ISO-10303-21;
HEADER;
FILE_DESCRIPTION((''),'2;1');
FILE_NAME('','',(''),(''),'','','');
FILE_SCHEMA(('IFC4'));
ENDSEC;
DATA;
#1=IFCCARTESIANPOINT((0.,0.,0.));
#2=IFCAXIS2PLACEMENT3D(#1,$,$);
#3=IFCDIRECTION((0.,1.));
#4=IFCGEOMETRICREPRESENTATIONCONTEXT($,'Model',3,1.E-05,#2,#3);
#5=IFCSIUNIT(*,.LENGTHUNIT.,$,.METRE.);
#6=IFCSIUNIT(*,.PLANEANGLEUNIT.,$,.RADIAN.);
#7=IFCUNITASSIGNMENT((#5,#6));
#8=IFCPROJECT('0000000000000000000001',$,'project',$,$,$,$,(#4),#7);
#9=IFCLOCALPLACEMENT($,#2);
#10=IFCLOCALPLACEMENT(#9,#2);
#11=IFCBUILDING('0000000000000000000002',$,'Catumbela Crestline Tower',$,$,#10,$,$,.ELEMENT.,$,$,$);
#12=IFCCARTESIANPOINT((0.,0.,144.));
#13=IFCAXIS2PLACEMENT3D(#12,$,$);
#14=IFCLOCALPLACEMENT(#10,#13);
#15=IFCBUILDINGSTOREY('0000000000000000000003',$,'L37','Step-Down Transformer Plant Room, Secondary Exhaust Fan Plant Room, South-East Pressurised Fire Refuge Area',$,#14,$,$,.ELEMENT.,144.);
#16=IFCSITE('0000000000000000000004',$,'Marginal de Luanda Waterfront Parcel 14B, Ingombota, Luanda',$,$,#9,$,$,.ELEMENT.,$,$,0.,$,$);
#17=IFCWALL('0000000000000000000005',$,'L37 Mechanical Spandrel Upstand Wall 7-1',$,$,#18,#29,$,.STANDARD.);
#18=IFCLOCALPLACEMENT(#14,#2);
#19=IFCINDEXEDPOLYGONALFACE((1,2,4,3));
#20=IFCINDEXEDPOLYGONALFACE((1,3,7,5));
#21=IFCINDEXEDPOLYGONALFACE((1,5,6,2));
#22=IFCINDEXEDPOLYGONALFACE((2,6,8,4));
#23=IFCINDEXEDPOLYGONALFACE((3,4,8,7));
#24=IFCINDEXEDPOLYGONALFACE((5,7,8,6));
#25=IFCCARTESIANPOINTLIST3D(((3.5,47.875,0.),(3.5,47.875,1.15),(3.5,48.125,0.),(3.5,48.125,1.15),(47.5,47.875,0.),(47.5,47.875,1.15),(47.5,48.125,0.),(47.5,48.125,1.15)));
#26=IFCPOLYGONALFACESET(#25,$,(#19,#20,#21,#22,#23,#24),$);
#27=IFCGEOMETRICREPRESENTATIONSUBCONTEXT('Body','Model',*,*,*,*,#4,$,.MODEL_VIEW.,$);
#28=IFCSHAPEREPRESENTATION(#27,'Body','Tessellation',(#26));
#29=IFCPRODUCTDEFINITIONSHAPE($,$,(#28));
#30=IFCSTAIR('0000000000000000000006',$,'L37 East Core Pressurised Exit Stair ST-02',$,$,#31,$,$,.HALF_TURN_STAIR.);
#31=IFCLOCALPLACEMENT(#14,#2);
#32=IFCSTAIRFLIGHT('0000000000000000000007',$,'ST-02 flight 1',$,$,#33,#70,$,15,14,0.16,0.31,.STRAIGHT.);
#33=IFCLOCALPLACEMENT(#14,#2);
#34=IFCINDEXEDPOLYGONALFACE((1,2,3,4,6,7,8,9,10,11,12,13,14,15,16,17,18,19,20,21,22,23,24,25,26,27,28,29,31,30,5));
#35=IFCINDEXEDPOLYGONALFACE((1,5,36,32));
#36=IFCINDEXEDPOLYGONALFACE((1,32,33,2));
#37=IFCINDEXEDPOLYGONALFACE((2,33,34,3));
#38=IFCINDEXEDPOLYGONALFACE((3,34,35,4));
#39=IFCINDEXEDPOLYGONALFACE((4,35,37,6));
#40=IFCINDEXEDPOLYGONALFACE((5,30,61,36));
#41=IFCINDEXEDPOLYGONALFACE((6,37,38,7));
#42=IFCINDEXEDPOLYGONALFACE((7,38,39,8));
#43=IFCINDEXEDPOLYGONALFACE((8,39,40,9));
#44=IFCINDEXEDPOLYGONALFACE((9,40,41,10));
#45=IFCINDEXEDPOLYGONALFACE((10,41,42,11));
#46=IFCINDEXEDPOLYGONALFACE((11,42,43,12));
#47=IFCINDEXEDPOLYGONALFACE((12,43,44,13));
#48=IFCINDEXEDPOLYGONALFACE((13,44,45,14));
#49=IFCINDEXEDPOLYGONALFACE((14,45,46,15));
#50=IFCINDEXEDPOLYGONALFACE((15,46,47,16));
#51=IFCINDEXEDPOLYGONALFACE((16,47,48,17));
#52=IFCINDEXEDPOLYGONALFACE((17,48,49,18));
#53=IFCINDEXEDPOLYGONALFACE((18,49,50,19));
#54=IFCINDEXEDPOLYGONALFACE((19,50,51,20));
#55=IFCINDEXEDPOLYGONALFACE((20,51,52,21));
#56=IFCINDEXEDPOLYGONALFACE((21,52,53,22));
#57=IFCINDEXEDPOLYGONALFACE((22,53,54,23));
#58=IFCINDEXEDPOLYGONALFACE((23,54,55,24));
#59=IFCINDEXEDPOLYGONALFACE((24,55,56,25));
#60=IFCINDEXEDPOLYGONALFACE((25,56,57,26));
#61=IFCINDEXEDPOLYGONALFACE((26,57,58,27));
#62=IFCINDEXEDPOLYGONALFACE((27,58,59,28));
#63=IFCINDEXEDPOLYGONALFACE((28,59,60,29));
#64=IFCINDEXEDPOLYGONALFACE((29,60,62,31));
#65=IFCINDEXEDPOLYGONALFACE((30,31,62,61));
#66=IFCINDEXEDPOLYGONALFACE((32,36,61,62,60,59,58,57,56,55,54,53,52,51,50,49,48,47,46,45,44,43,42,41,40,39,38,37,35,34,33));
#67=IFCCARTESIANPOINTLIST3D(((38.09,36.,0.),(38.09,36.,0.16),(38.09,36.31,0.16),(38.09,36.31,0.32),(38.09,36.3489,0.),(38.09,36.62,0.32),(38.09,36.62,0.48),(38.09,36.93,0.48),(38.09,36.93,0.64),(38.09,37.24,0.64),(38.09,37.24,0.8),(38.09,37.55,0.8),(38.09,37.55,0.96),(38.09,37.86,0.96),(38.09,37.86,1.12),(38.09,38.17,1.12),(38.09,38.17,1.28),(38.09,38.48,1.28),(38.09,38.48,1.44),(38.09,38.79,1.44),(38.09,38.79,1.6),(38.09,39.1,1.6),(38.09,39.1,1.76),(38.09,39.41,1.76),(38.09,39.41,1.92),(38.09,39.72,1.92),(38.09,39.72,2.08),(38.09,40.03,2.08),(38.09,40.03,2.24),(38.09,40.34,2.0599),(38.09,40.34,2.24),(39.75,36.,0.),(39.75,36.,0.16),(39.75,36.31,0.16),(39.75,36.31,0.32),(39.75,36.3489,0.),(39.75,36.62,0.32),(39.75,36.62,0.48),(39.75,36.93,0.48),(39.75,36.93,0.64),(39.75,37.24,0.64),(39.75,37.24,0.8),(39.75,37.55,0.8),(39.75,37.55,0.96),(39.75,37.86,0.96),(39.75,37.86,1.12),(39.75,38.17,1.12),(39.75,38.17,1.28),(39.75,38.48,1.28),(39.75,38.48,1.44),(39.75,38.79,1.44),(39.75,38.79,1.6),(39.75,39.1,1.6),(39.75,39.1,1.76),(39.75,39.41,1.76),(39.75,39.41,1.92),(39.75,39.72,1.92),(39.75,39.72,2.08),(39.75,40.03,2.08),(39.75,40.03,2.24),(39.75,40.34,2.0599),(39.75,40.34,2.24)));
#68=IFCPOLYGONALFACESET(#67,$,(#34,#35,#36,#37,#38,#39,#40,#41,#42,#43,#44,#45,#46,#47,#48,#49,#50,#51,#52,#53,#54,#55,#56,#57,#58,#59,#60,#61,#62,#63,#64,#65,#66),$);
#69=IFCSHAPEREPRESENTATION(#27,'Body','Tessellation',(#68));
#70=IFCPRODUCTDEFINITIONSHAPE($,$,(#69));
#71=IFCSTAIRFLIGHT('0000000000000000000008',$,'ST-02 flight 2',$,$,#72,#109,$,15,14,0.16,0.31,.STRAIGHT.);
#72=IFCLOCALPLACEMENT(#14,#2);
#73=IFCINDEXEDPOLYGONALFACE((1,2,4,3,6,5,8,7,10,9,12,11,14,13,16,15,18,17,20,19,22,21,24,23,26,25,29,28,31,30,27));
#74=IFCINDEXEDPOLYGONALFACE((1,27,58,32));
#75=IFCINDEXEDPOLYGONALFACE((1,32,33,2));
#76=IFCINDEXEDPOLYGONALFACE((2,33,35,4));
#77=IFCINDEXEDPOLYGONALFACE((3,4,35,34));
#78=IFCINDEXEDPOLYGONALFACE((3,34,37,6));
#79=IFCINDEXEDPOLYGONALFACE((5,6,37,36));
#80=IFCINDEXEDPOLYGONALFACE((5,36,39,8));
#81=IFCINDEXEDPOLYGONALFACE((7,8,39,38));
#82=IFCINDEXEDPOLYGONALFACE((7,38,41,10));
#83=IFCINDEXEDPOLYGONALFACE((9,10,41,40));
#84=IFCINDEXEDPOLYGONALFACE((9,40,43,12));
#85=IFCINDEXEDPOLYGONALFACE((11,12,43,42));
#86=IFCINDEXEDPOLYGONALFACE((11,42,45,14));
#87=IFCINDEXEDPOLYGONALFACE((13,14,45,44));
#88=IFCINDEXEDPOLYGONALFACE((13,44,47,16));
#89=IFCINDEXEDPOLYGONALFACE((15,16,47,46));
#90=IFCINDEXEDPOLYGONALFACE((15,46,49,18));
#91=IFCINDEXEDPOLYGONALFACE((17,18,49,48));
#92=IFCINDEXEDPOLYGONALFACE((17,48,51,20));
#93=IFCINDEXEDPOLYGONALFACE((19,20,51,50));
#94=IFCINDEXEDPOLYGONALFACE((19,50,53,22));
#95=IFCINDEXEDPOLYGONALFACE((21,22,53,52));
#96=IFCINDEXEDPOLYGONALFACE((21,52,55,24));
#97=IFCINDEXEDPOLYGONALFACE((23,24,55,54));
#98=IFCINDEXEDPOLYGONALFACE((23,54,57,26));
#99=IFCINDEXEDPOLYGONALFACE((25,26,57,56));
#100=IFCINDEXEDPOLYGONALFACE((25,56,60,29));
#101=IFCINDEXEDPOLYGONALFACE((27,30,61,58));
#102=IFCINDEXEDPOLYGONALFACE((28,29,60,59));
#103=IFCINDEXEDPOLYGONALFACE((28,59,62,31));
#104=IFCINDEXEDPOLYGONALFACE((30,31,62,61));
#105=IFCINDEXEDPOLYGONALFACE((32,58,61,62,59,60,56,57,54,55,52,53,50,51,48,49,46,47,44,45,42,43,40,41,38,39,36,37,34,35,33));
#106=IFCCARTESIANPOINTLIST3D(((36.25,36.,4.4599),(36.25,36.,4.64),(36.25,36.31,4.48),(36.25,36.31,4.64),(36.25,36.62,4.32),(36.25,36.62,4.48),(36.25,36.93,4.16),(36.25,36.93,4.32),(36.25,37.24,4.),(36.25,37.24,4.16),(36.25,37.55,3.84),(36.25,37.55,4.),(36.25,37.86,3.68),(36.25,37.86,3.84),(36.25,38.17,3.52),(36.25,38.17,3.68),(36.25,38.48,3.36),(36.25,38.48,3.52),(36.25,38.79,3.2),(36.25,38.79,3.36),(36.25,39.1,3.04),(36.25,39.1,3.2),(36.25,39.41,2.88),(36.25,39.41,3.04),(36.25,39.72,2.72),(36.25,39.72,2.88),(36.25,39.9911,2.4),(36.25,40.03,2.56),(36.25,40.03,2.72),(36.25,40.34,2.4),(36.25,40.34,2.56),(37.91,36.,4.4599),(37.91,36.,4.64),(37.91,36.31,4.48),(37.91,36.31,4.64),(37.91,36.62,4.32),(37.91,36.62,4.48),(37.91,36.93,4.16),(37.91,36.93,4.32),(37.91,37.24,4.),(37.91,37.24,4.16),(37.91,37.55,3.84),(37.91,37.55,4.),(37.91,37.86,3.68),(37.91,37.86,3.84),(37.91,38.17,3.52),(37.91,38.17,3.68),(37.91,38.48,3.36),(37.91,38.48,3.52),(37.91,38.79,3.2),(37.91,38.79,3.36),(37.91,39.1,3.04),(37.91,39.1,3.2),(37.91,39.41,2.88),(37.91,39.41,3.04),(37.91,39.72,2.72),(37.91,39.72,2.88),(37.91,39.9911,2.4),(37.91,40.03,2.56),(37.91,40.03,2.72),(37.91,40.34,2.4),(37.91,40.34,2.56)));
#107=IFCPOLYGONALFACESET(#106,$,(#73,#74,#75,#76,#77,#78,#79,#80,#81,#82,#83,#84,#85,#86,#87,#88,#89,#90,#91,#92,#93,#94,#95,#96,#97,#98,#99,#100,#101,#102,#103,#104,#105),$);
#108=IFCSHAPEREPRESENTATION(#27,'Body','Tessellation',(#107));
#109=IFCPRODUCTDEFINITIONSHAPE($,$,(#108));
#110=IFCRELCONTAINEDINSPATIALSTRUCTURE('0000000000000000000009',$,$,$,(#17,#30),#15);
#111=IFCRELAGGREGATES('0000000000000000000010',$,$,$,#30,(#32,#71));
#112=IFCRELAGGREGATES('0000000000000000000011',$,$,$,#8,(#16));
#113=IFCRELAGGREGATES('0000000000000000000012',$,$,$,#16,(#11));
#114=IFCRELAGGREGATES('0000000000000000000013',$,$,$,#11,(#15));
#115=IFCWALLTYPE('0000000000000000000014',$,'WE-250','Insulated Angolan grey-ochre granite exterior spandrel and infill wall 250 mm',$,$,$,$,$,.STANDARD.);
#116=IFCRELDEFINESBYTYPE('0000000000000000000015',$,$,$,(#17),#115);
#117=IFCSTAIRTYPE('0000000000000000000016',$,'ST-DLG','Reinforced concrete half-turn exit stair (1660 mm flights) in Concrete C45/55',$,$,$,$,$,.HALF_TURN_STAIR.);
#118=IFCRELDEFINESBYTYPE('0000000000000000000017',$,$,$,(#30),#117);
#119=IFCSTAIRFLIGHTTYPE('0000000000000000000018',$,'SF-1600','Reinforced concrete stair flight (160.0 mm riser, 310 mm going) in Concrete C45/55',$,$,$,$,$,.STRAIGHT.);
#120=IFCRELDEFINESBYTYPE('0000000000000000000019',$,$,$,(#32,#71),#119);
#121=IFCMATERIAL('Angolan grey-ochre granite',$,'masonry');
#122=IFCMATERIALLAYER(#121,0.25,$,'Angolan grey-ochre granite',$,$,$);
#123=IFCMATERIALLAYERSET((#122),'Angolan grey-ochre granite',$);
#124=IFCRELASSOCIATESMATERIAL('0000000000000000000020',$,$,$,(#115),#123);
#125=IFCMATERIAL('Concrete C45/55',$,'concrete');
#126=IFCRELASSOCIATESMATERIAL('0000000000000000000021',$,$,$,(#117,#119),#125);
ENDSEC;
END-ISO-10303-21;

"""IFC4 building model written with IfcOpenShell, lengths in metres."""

from ifc_helpers import new_model, si_unit, direction, frame, frame_2d, origin, place, context, subcontext, project, spatial, polyline, rectangle, outline, extrude, material, layer, layer_set, type_object, element, aggregate, save


model = new_model("IFC4")

# Units and contexts
model_context = context("Model", 3, precision=1e-05, world=origin(), true_north=direction((0.0, 1.0)))
body_context = subcontext(model_context, "Body", "Model", "MODEL_VIEW")
ifc_project = project(units=[si_unit("LENGTHUNIT", "METRE"), si_unit("PLANEANGLEUNIT", "RADIAN")], contexts=[model_context])

# Site, building, storey
site_placement = place(None, origin())
site = spatial("IfcSite", under=ifc_project, at=site_placement, Name="Marginal de Luanda Waterfront Parcel 14B, Ingombota, Luanda", CompositionType="ELEMENT", RefElevation=0.0)
building_placement = place(site_placement, origin())
building = spatial("IfcBuilding", under=site, at=building_placement, Name="Catumbela Crestline Tower", CompositionType="ELEMENT")
storey_placement = place(building_placement, frame((0.0, 0.0, 144.0)))
storey = spatial("IfcBuildingStorey", under=building, at=storey_placement, Name="L37", Description="Step-Down Transformer Plant Room, Secondary Exhaust Fan Plant Room, South-East Pressurised Fire Refuge Area", CompositionType="ELEMENT", Elevation=144.0)

# Wall
ifc_material_1 = material(Name="Angolan grey-ochre granite", Category="masonry")
ifc_layer_1 = layer(ifc_material_1, 0.25, Name="Angolan grey-ochre granite")
ifc_layer_set_1 = layer_set([ifc_layer_1], Name="Angolan grey-ochre granite")
wall_type_1 = type_object("IfcWallType", Name="WE-250", Description="Insulated Angolan grey-ochre granite exterior spandrel and infill wall 250 mm", PredefinedType="STANDARD", material=ifc_layer_set_1)
wall_1_placement = place(storey_placement, frame((47.5, 48.0, 0.0), z_axis=(0.0, 0.0, 1.0), x_axis=(-1.0, 0.0, 0.0)))
element("IfcWall", 1, at=wall_1_placement, inside=storey, type_object=wall_type_1, Name="L37 Mechanical Spandrel Upstand Wall 7-1", PredefinedType="STANDARD", context=body_context, shape_type="SweptSolid", body=[
    extrude(rectangle(XDim=44.0, YDim=0.25, at=frame_2d((22.0, 0.0))), origin(), (0.0, 0.0, 1.0), 1.15),
])

# Stair, stair flights
ifc_material_2 = material(Name="Concrete C45/55", Category="concrete")
stair_type = type_object("IfcStairType", Name="ST-DLG", Description="Reinforced concrete half-turn exit stair (1660 mm flights) in Concrete C45/55", PredefinedType="HALF_TURN_STAIR", material=ifc_material_2)
stair_placement = place(storey_placement, origin())
stair = element("IfcStair", 2, at=stair_placement, inside=storey, type_object=stair_type, Name="L37 East Core Pressurised Exit Stair ST-02", PredefinedType="HALF_TURN_STAIR")
stair_flight_type = type_object("IfcStairFlightType", Name="SF-1600", Description="Reinforced concrete stair flight (160.0 mm riser, 310 mm going) in Concrete C45/55", PredefinedType="STRAIGHT", material=ifc_material_2)
stair_flight_1_placement = place(storey_placement, frame((38.92, 36.0, 0.0), z_axis=(0.0, 0.0, 1.0), x_axis=(0.0, 1.0, 0.0)))
stair_flight_1 = element("IfcStairFlight", 3, at=stair_flight_1_placement, type_object=stair_flight_type, Name="ST-02 flight 1", NumberOfRisers=15, NumberOfTreads=14, PredefinedType="STRAIGHT", RiserHeight=0.16, TreadLength=0.31, context=body_context, shape_type="SweptSolid", body=[
    extrude(outline(polyline([(0.0, 0.0), (0.0, 0.16), (0.31, 0.16), (0.31, 0.32), (0.62, 0.32), (0.62, 0.48), (0.93, 0.48), (0.93, 0.64), (1.24, 0.64), (1.24, 0.8), (1.55, 0.8), (1.55, 0.96), (1.86, 0.96), (1.86, 1.12), (2.17, 1.12), (2.17, 1.28), (2.48, 1.28), (2.48, 1.44), (2.79, 1.44), (2.79, 1.6), (3.1, 1.6), (3.1, 1.76), (3.41, 1.76), (3.41, 1.92), (3.72, 1.92), (3.72, 2.08), (4.03, 2.08), (4.03, 2.24), (4.34, 2.24), (4.34, 2.4), (4.34, 2.0599), (0.3489, 0.0), (0.0, 0.0)])), frame((0.0, 0.83, 0.0), z_axis=(0.0, -1.0, 0.0), x_axis=(1.0, 0.0, 0.0)), (0.0, 0.0, 1.0), 1.66),
])
stair_flight_2_placement = place(storey_placement, frame((37.08, 40.34, 2.4), z_axis=(0.0, 0.0, 1.0), x_axis=(0.0, -1.0, 0.0)))
stair_flight_2 = element("IfcStairFlight", 4, at=stair_flight_2_placement, type_object=stair_flight_type, Name="ST-02 flight 2", NumberOfRisers=15, NumberOfTreads=14, PredefinedType="STRAIGHT", RiserHeight=0.16, TreadLength=0.31, context=body_context, shape_type="SweptSolid", body=[
    extrude(outline(polyline([(0.0, 0.0), (0.0, 0.16), (0.31, 0.16), (0.31, 0.32), (0.62, 0.32), (0.62, 0.48), (0.93, 0.48), (0.93, 0.64), (1.24, 0.64), (1.24, 0.8), (1.55, 0.8), (1.55, 0.96), (1.86, 0.96), (1.86, 1.12), (2.17, 1.12), (2.17, 1.28), (2.48, 1.28), (2.48, 1.44), (2.79, 1.44), (2.79, 1.6), (3.1, 1.6), (3.1, 1.76), (3.41, 1.76), (3.41, 1.92), (3.72, 1.92), (3.72, 2.08), (4.03, 2.08), (4.03, 2.24), (4.34, 2.24), (4.34, 2.4), (4.34, 2.0599), (0.3489, 0.0), (0.0, 0.0)])), frame((0.0, 0.83, 0.0), z_axis=(0.0, -1.0, 0.0), x_axis=(1.0, 0.0, 0.0)), (0.0, 0.0, 1.0), 1.66),
])
aggregate(stair, [stair_flight_1, stair_flight_2])

save(model, "model.ifc")
